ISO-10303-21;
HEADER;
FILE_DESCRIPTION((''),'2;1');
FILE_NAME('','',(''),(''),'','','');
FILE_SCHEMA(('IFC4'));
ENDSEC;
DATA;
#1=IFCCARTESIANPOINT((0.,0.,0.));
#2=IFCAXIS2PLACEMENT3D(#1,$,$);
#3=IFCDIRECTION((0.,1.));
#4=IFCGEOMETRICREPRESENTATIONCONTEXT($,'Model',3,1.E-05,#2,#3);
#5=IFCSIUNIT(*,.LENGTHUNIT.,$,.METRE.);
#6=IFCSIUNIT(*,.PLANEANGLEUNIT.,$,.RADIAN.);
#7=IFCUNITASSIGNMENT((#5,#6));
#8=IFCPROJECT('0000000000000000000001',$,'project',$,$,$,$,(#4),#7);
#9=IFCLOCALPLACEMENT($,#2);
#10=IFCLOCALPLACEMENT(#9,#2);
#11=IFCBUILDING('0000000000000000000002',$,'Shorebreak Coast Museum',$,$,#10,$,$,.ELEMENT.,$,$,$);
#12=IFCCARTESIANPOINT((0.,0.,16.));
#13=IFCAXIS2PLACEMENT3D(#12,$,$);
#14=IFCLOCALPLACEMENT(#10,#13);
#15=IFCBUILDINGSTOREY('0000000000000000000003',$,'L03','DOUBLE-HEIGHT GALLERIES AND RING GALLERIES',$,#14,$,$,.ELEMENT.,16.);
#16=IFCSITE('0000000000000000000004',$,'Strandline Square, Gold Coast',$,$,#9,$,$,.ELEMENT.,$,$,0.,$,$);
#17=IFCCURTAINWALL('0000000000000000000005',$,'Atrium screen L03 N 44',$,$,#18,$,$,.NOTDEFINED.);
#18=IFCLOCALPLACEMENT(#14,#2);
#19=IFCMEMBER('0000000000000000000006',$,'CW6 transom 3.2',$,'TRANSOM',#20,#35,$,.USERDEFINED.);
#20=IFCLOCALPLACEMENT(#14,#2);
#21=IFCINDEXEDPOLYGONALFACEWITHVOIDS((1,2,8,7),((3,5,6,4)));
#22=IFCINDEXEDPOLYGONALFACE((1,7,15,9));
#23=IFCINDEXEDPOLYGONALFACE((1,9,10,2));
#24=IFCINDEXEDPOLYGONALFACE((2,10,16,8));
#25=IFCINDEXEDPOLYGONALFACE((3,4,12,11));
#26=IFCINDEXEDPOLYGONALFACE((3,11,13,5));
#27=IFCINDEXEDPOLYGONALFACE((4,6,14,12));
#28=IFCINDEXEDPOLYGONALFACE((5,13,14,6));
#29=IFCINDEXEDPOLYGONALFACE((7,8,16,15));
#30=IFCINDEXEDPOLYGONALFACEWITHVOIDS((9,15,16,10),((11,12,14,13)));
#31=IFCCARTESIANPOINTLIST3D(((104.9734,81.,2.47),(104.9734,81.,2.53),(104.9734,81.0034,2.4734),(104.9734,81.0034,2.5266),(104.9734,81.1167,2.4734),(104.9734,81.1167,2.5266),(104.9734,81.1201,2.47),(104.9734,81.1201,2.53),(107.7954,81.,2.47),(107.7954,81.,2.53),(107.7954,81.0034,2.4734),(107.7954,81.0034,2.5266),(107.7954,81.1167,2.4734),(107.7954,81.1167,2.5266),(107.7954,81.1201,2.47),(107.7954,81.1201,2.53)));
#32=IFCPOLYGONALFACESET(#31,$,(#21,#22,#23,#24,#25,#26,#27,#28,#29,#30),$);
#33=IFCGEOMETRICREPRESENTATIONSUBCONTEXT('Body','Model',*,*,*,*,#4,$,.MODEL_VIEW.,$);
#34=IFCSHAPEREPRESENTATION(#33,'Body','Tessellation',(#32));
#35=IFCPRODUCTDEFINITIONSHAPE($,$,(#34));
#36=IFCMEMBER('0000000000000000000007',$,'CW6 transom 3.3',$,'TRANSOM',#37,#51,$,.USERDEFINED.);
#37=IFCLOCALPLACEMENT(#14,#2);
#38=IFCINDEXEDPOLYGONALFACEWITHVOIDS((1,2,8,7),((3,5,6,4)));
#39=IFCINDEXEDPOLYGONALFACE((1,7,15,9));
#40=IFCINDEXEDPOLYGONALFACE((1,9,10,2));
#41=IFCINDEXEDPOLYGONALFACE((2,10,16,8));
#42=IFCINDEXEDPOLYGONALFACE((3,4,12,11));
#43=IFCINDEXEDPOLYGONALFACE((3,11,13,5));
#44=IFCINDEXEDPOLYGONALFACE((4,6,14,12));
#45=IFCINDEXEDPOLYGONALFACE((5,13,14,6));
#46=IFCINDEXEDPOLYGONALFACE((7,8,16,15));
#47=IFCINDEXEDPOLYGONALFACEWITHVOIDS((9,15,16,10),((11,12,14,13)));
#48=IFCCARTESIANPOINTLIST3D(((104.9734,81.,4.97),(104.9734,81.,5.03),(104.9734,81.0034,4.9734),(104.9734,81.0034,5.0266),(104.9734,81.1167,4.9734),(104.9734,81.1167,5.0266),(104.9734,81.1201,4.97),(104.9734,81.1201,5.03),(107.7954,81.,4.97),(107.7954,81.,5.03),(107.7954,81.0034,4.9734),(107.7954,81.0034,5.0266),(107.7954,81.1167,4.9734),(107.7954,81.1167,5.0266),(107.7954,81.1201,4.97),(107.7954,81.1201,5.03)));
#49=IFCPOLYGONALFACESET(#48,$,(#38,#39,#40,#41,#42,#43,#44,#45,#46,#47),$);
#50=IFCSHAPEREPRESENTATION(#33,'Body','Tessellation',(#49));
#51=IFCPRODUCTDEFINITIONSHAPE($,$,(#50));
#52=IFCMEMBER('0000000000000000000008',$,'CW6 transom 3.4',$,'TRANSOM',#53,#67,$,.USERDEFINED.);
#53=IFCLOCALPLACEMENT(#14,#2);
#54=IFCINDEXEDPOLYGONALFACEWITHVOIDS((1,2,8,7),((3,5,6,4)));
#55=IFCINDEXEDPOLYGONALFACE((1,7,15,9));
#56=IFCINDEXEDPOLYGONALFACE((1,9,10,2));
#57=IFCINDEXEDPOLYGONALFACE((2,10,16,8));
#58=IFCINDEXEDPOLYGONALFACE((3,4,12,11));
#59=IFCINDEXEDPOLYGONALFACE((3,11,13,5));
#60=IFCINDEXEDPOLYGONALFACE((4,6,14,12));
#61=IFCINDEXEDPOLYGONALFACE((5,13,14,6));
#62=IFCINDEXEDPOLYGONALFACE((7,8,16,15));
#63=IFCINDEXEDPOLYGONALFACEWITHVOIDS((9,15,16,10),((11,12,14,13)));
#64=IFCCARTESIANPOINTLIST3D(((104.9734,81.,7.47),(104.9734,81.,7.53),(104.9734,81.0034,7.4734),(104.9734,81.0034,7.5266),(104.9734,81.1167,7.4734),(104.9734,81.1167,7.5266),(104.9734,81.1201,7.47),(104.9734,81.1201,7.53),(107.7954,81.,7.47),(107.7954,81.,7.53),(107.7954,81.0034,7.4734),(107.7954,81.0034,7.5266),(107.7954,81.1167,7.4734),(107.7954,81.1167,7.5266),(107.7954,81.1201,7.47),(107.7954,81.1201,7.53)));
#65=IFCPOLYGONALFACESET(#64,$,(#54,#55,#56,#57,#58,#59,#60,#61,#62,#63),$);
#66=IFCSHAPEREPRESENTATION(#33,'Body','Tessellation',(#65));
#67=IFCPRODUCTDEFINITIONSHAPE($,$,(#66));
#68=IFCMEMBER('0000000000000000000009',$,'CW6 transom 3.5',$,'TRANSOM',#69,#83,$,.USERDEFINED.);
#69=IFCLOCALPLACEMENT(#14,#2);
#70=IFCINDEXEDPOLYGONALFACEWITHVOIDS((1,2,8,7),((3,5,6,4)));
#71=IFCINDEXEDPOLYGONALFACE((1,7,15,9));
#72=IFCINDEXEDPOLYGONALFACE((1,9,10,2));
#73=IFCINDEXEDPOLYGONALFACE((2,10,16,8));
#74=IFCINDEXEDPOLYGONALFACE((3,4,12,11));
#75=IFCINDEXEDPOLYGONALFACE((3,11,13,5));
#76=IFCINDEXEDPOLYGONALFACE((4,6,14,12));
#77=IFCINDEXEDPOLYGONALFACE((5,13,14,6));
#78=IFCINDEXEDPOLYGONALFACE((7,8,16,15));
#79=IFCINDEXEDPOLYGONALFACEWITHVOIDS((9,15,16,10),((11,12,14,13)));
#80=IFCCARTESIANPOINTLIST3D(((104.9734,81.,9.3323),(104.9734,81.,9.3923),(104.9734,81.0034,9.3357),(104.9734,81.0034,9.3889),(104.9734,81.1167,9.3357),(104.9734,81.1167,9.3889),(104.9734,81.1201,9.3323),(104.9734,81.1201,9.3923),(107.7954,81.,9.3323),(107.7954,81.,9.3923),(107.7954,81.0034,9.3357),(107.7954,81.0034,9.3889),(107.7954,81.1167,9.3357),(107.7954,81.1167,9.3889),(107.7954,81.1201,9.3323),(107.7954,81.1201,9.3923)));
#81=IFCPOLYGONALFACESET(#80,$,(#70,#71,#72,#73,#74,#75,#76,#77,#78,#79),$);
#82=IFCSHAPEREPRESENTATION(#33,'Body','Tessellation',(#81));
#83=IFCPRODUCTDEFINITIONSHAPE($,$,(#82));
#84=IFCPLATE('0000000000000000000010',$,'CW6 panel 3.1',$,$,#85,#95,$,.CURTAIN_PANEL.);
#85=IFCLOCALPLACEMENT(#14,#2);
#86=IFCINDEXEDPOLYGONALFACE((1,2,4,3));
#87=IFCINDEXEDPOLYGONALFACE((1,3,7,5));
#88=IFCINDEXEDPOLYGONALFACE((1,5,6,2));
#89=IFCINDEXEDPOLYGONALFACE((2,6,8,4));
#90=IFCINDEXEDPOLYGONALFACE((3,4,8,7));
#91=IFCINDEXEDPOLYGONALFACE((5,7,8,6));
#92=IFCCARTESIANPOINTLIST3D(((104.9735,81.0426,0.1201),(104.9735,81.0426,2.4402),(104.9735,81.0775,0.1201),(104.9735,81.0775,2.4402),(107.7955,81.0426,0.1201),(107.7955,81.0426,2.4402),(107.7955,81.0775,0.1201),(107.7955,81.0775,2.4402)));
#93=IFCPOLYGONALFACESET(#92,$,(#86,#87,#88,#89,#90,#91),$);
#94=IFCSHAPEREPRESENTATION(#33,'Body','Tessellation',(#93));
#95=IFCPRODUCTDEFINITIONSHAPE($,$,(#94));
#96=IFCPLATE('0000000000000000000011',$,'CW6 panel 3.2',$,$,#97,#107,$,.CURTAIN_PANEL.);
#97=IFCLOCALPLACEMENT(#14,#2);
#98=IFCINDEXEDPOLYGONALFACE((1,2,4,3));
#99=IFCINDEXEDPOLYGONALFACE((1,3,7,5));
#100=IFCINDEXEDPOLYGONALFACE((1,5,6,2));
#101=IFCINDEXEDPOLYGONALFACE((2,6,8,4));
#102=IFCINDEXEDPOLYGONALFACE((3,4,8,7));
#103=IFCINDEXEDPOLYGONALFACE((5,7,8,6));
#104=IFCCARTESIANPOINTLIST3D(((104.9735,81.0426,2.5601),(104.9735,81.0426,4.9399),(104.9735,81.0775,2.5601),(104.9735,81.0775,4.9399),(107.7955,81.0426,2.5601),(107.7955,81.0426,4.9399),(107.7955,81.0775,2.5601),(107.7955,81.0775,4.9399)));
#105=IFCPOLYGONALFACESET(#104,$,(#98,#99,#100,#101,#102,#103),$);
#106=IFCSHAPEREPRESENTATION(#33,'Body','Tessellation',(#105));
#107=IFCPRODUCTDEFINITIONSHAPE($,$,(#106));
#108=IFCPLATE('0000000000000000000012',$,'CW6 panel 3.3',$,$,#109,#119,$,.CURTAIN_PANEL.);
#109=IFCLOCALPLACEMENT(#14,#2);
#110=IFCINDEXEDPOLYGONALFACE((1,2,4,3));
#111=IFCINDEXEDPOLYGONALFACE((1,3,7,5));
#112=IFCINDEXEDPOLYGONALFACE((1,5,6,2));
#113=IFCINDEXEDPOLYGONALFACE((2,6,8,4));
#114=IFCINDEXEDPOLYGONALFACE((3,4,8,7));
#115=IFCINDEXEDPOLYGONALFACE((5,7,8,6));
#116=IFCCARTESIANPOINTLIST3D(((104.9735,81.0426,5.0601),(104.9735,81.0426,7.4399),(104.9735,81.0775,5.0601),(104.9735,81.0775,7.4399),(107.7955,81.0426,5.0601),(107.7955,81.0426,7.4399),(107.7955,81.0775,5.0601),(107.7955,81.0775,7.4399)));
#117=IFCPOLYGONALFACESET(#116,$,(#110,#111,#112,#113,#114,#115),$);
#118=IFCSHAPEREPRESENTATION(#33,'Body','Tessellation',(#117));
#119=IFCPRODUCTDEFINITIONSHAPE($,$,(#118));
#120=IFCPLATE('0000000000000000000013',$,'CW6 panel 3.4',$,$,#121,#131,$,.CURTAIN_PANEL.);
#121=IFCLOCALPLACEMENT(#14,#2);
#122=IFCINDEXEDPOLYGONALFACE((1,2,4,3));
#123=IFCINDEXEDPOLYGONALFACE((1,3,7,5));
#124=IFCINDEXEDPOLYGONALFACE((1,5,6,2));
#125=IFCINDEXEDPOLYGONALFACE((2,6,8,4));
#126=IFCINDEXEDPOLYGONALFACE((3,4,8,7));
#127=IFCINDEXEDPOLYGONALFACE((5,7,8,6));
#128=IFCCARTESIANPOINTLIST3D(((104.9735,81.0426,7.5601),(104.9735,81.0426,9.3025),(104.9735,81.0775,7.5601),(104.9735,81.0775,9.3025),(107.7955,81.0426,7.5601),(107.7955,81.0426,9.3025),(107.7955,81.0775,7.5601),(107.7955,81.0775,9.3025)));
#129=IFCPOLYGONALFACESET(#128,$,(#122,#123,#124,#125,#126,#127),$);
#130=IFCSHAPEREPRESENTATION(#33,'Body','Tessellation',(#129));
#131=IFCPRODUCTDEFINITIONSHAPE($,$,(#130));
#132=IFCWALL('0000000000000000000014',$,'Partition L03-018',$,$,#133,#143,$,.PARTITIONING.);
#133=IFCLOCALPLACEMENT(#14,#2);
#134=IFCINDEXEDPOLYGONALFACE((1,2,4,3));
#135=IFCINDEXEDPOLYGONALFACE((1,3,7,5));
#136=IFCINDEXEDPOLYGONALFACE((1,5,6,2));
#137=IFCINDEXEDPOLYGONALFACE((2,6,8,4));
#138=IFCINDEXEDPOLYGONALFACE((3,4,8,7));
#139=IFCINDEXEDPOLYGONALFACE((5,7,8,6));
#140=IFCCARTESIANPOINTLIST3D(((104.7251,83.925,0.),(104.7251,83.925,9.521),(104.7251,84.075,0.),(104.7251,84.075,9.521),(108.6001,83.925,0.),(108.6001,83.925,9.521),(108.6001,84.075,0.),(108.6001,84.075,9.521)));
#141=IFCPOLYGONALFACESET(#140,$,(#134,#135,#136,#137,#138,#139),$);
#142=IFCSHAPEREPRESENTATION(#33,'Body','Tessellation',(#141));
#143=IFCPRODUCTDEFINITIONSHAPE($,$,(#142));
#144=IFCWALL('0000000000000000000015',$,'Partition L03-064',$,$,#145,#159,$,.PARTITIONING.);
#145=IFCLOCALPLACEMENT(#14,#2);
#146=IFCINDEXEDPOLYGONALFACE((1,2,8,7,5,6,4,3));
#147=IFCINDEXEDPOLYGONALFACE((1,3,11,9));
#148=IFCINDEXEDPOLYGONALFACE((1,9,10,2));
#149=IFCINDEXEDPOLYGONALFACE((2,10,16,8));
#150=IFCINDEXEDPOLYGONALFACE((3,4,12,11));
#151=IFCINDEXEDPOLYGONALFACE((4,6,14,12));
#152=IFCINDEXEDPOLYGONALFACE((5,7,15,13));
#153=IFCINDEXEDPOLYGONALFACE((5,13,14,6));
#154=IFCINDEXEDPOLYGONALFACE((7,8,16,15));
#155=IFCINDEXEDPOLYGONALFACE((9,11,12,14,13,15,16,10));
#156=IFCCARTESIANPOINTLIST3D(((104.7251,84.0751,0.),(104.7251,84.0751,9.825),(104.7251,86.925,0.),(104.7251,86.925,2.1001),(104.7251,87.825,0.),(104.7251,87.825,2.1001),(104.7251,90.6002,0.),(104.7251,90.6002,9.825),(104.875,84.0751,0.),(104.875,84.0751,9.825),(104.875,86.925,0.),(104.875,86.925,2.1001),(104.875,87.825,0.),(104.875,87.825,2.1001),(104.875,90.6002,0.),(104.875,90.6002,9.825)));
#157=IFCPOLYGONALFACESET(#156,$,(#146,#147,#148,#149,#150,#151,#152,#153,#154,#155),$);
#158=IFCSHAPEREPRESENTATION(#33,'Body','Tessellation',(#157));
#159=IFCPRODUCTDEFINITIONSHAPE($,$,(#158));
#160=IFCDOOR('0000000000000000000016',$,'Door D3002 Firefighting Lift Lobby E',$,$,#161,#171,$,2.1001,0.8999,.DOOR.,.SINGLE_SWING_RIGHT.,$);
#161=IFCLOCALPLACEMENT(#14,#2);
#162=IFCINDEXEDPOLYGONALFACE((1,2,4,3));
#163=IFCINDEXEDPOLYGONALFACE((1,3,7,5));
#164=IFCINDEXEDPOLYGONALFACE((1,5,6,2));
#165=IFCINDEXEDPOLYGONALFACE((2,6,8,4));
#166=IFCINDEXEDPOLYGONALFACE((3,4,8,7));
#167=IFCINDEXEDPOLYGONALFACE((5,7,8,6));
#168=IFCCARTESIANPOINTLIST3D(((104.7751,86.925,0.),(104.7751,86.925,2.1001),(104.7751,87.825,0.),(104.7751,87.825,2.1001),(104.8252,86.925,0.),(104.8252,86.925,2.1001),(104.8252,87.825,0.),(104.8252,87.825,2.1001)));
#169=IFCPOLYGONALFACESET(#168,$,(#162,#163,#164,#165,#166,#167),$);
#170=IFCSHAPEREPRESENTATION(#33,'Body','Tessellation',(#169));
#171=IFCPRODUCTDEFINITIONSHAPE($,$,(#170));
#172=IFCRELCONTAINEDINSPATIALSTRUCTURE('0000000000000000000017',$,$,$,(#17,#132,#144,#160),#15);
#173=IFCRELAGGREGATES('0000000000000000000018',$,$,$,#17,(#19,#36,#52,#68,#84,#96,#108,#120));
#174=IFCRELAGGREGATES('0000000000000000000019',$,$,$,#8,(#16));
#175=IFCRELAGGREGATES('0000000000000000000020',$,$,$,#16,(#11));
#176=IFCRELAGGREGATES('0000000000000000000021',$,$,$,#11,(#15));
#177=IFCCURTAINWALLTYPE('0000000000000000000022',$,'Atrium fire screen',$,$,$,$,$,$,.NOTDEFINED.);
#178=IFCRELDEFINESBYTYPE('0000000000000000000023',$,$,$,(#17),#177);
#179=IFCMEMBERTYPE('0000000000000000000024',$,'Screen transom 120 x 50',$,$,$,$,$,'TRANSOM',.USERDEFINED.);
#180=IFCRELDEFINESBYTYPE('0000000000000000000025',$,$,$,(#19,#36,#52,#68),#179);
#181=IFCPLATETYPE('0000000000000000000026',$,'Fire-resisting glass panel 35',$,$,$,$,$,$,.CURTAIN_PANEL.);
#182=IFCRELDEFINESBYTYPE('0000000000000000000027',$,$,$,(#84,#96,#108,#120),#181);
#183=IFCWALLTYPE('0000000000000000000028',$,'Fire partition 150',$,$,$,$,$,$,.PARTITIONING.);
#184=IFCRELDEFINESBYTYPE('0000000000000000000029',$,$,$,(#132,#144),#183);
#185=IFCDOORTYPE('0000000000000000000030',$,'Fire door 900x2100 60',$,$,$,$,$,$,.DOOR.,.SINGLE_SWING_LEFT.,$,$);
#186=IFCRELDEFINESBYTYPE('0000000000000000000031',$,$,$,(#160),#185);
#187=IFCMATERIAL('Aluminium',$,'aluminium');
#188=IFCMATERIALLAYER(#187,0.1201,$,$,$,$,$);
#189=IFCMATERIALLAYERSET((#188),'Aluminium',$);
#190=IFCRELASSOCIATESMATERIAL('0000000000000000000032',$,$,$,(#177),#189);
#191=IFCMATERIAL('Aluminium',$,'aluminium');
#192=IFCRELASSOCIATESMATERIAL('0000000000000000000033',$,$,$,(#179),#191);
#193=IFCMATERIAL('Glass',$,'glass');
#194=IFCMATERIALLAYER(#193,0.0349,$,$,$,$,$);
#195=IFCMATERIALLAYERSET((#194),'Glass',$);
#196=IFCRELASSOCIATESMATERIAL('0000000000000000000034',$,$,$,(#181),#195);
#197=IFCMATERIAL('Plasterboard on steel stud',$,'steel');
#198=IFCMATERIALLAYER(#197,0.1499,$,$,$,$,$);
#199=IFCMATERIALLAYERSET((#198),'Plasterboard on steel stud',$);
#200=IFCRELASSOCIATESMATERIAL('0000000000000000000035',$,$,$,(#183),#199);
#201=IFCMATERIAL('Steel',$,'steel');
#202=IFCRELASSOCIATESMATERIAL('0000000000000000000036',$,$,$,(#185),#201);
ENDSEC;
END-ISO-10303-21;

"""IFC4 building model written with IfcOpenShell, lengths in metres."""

from ifc_helpers import new_model, si_unit, direction, frame, frame_2d, origin, origin_2d, place, context, subcontext, project, spatial, rectangle, hollow_rectangle, extrude, material, layer, layer_set, material_profile, profile_set, type_object, element, fill, aggregate, save


model = new_model("IFC4")

# Units and contexts
model_context = context("Model", 3, precision=1e-05, world=origin(), true_north=direction((0.0, 1.0)))
body_context = subcontext(model_context, "Body", "Model", "MODEL_VIEW")
ifc_project = project(units=[si_unit("LENGTHUNIT", "METRE"), si_unit("PLANEANGLEUNIT", "RADIAN")], contexts=[model_context])

# Site, building, storey
site_placement = place(None, origin())
site = spatial("IfcSite", under=ifc_project, at=site_placement, Name="Strandline Square, Gold Coast", CompositionType="ELEMENT", RefElevation=0.0)
building_placement = place(site_placement, origin())
building = spatial("IfcBuilding", under=site, at=building_placement, Name="Shorebreak Coast Museum", CompositionType="ELEMENT")
storey_placement = place(building_placement, frame((0.0, 0.0, 16.0)))
storey = spatial("IfcBuildingStorey", under=building, at=storey_placement, Name="L03", Description="DOUBLE-HEIGHT GALLERIES AND RING GALLERIES", CompositionType="ELEMENT", Elevation=16.0)

# Curtain wall, members, plates
ifc_material_1 = material(Name="Aluminium", Category="aluminium")
ifc_layer_1 = layer(ifc_material_1, 0.1201)
ifc_layer_set_1 = layer_set([ifc_layer_1], Name="Aluminium")
curtain_wall_type = type_object("IfcCurtainWallType", Name="Atrium fire screen", PredefinedType="NOTDEFINED", material=ifc_layer_set_1)
curtain_wall_placement = place(storey_placement, origin())
curtain_wall = element("IfcCurtainWall", 1, at=curtain_wall_placement, inside=storey, type_object=curtain_wall_type, Name="Atrium screen L03 N 44", PredefinedType="NOTDEFINED")
ifc_material_2 = material(Name="Aluminium", Category="aluminium")
ifc_material_profile_1 = material_profile(ifc_material_2, hollow_rectangle(XDim=0.1201, YDim=0.0601, WallThickness=0.0034, at=origin_2d()), Name="AL 60x120 RHS")
ifc_profile_set_1 = profile_set([ifc_material_profile_1], Name="Aluminium")
member_type_1 = type_object("IfcMemberType", Name="Screen transom 120 x 50", ElementType="TRANSOM", PredefinedType="USERDEFINED", material=ifc_profile_set_1)
member_1_placement = place(storey_placement, frame((104.9734, 81.0601, 2.5), z_axis=(1.0, 0.0, 0.0), x_axis=(0.0, 1.0, 0.0)))
member_1 = element("IfcMember", 2, at=member_1_placement, type_object=member_type_1, Name="CW6 transom 3.2", ObjectType="TRANSOM", PredefinedType="USERDEFINED", context=body_context, shape_type="SweptSolid", body=[
    extrude(hollow_rectangle(XDim=0.1201, YDim=0.0601, WallThickness=0.0034, at=origin_2d()), origin(), (0.0, 0.0, 1.0), 2.822),
])
member_2_placement = place(storey_placement, frame((104.9734, 81.0601, 5.0), z_axis=(1.0, 0.0, 0.0), x_axis=(0.0, 1.0, 0.0)))
member_2 = element("IfcMember", 3, at=member_2_placement, type_object=member_type_1, Name="CW6 transom 3.3", ObjectType="TRANSOM", PredefinedType="USERDEFINED", context=body_context, shape_type="SweptSolid", body=[
    extrude(hollow_rectangle(XDim=0.1201, YDim=0.0601, WallThickness=0.0034, at=origin_2d()), origin(), (0.0, 0.0, 1.0), 2.822),
])
member_3_placement = place(storey_placement, frame((104.9734, 81.0601, 7.5), z_axis=(1.0, 0.0, 0.0), x_axis=(0.0, 1.0, 0.0)))
member_3 = element("IfcMember", 4, at=member_3_placement, type_object=member_type_1, Name="CW6 transom 3.4", ObjectType="TRANSOM", PredefinedType="USERDEFINED", context=body_context, shape_type="SweptSolid", body=[
    extrude(hollow_rectangle(XDim=0.1201, YDim=0.0601, WallThickness=0.0034, at=origin_2d()), origin(), (0.0, 0.0, 1.0), 2.822),
])
member_4_placement = place(storey_placement, frame((104.9734, 81.0601, 9.3623), z_axis=(1.0, 0.0, 0.0), x_axis=(0.0, 1.0, 0.0)))
member_4 = element("IfcMember", 5, at=member_4_placement, type_object=member_type_1, Name="CW6 transom 3.5", ObjectType="TRANSOM", PredefinedType="USERDEFINED", context=body_context, shape_type="SweptSolid", body=[
    extrude(hollow_rectangle(XDim=0.1201, YDim=0.0601, WallThickness=0.0034, at=origin_2d()), origin(), (0.0, 0.0, 1.0), 2.822),
])
ifc_material_3 = material(Name="Glass", Category="glass")
ifc_layer_2 = layer(ifc_material_3, 0.0349)
ifc_layer_set_2 = layer_set([ifc_layer_2], Name="Glass")
plate_type = type_object("IfcPlateType", Name="Fire-resisting glass panel 35", PredefinedType="CURTAIN_PANEL", material=ifc_layer_set_2)
plate_1_placement = place(storey_placement, frame((106.3845, 81.0601, 0.1201), z_axis=(0.0, 0.0, 1.0), x_axis=(1.0, 0.0, 0.0)))
plate_1 = element("IfcPlate", 6, at=plate_1_placement, type_object=plate_type, Name="CW6 panel 3.1", PredefinedType="CURTAIN_PANEL", context=body_context, shape_type="SweptSolid", body=[
    extrude(rectangle(XDim=2.822, YDim=0.0349, at=origin_2d()), origin(), (0.0, 0.0, 1.0), 2.3201),
])
plate_2_placement = place(storey_placement, frame((106.3845, 81.0601, 2.5601), z_axis=(0.0, 0.0, 1.0), x_axis=(1.0, 0.0, 0.0)))
plate_2 = element("IfcPlate", 7, at=plate_2_placement, type_object=plate_type, Name="CW6 panel 3.2", PredefinedType="CURTAIN_PANEL", context=body_context, shape_type="SweptSolid", body=[
    extrude(rectangle(XDim=2.822, YDim=0.0349, at=origin_2d()), origin(), (0.0, 0.0, 1.0), 2.3799),
])
plate_3_placement = place(storey_placement, frame((106.3845, 81.0601, 5.0601), z_axis=(0.0, 0.0, 1.0), x_axis=(1.0, 0.0, 0.0)))
plate_3 = element("IfcPlate", 8, at=plate_3_placement, type_object=plate_type, Name="CW6 panel 3.3", PredefinedType="CURTAIN_PANEL", context=body_context, shape_type="SweptSolid", body=[
    extrude(rectangle(XDim=2.822, YDim=0.0349, at=origin_2d()), origin(), (0.0, 0.0, 1.0), 2.3799),
])
plate_4_placement = place(storey_placement, frame((106.3845, 81.0601, 7.5601), z_axis=(0.0, 0.0, 1.0), x_axis=(1.0, 0.0, 0.0)))
plate_4 = element("IfcPlate", 9, at=plate_4_placement, type_object=plate_type, Name="CW6 panel 3.4", PredefinedType="CURTAIN_PANEL", context=body_context, shape_type="SweptSolid", body=[
    extrude(rectangle(XDim=2.822, YDim=0.0349, at=origin_2d()), origin(), (0.0, 0.0, 1.0), 1.7424),
])
aggregate(curtain_wall, [member_1, member_2, member_3, member_4, plate_1, plate_2, plate_3, plate_4])

# Wall
ifc_material_4 = material(Name="Plasterboard on steel stud", Category="steel")
ifc_layer_3 = layer(ifc_material_4, 0.1499)
ifc_layer_set_3 = layer_set([ifc_layer_3], Name="Plasterboard on steel stud")
wall_type_1 = type_object("IfcWallType", Name="Fire partition 150", PredefinedType="PARTITIONING", material=ifc_layer_set_3)
wall_1_placement = place(storey_placement, frame((104.7251, 84.0, 0.0), z_axis=(0.0, 0.0, 1.0), x_axis=(1.0, 0.0, 0.0)))
element("IfcWall", 10, at=wall_1_placement, inside=storey, type_object=wall_type_1, Name="Partition L03-018", PredefinedType="PARTITIONING", context=body_context, shape_type="SweptSolid", body=[
    extrude(rectangle(XDim=3.875, YDim=0.1499, at=frame_2d((1.9375, 0.0))), origin(), (0.0, 0.0, 1.0), 9.521),
])

# Wall, opening, door
wall_2_placement = place(storey_placement, frame((104.8, 84.075, 0.0), z_axis=(0.0, 0.0, 1.0), x_axis=(0.0, 1.0, 0.0)))
wall_2 = element("IfcWall", 11, at=wall_2_placement, inside=storey, type_object=wall_type_1, Name="Partition L03-064", PredefinedType="PARTITIONING", context=body_context, shape_type="SweptSolid", body=[
    extrude(rectangle(XDim=6.5251, YDim=0.1499, at=frame_2d((3.2627, 0.0))), origin(), (0.0, 0.0, 1.0), 9.825),
])
opening_1_placement = place(wall_2_placement, frame((2.8501, 0.0, 0.0)))
opening_1 = element("IfcOpeningElement", 12, at=opening_1_placement, cuts=wall_2, PredefinedType="OPENING", context=body_context, shape_type="SweptSolid", body=[
    extrude(rectangle(XDim=0.8999, YDim=2.1001, at=frame_2d((0.45, 1.05))), frame((0.0, 0.085, 0.0), z_axis=(0.0, -1.0, 0.0), x_axis=(1.0, 0.0, 0.0)), (0.0, 0.0, 1.0), 0.1699),
])
ifc_material_5 = material(Name="Steel", Category="steel")
door_type_1 = type_object("IfcDoorType", Name="Fire door 900x2100 60", OperationType="SINGLE_SWING_LEFT", PredefinedType="DOOR", material=ifc_material_5)
door_1_placement = place(opening_1_placement, origin())
door_1 = element("IfcDoor", 13, at=door_1_placement, inside=storey, type_object=door_type_1, Name="Door D3002 Firefighting Lift Lobby E", OperationType="SINGLE_SWING_RIGHT", OverallHeight=2.1001, OverallWidth=0.8999, PredefinedType="DOOR", context=body_context, shape_type="SweptSolid", body=[
    extrude(rectangle(XDim=0.8999, YDim=2.1001, at=frame_2d((0.45, 1.05))), frame((0.0, 0.0249, 0.0), z_axis=(0.0, -1.0, 0.0), x_axis=(1.0, 0.0, 0.0)), (0.0, 0.0, 1.0), 0.05),
])
fill(opening_1, door_1)

save(model, "model.ifc")
